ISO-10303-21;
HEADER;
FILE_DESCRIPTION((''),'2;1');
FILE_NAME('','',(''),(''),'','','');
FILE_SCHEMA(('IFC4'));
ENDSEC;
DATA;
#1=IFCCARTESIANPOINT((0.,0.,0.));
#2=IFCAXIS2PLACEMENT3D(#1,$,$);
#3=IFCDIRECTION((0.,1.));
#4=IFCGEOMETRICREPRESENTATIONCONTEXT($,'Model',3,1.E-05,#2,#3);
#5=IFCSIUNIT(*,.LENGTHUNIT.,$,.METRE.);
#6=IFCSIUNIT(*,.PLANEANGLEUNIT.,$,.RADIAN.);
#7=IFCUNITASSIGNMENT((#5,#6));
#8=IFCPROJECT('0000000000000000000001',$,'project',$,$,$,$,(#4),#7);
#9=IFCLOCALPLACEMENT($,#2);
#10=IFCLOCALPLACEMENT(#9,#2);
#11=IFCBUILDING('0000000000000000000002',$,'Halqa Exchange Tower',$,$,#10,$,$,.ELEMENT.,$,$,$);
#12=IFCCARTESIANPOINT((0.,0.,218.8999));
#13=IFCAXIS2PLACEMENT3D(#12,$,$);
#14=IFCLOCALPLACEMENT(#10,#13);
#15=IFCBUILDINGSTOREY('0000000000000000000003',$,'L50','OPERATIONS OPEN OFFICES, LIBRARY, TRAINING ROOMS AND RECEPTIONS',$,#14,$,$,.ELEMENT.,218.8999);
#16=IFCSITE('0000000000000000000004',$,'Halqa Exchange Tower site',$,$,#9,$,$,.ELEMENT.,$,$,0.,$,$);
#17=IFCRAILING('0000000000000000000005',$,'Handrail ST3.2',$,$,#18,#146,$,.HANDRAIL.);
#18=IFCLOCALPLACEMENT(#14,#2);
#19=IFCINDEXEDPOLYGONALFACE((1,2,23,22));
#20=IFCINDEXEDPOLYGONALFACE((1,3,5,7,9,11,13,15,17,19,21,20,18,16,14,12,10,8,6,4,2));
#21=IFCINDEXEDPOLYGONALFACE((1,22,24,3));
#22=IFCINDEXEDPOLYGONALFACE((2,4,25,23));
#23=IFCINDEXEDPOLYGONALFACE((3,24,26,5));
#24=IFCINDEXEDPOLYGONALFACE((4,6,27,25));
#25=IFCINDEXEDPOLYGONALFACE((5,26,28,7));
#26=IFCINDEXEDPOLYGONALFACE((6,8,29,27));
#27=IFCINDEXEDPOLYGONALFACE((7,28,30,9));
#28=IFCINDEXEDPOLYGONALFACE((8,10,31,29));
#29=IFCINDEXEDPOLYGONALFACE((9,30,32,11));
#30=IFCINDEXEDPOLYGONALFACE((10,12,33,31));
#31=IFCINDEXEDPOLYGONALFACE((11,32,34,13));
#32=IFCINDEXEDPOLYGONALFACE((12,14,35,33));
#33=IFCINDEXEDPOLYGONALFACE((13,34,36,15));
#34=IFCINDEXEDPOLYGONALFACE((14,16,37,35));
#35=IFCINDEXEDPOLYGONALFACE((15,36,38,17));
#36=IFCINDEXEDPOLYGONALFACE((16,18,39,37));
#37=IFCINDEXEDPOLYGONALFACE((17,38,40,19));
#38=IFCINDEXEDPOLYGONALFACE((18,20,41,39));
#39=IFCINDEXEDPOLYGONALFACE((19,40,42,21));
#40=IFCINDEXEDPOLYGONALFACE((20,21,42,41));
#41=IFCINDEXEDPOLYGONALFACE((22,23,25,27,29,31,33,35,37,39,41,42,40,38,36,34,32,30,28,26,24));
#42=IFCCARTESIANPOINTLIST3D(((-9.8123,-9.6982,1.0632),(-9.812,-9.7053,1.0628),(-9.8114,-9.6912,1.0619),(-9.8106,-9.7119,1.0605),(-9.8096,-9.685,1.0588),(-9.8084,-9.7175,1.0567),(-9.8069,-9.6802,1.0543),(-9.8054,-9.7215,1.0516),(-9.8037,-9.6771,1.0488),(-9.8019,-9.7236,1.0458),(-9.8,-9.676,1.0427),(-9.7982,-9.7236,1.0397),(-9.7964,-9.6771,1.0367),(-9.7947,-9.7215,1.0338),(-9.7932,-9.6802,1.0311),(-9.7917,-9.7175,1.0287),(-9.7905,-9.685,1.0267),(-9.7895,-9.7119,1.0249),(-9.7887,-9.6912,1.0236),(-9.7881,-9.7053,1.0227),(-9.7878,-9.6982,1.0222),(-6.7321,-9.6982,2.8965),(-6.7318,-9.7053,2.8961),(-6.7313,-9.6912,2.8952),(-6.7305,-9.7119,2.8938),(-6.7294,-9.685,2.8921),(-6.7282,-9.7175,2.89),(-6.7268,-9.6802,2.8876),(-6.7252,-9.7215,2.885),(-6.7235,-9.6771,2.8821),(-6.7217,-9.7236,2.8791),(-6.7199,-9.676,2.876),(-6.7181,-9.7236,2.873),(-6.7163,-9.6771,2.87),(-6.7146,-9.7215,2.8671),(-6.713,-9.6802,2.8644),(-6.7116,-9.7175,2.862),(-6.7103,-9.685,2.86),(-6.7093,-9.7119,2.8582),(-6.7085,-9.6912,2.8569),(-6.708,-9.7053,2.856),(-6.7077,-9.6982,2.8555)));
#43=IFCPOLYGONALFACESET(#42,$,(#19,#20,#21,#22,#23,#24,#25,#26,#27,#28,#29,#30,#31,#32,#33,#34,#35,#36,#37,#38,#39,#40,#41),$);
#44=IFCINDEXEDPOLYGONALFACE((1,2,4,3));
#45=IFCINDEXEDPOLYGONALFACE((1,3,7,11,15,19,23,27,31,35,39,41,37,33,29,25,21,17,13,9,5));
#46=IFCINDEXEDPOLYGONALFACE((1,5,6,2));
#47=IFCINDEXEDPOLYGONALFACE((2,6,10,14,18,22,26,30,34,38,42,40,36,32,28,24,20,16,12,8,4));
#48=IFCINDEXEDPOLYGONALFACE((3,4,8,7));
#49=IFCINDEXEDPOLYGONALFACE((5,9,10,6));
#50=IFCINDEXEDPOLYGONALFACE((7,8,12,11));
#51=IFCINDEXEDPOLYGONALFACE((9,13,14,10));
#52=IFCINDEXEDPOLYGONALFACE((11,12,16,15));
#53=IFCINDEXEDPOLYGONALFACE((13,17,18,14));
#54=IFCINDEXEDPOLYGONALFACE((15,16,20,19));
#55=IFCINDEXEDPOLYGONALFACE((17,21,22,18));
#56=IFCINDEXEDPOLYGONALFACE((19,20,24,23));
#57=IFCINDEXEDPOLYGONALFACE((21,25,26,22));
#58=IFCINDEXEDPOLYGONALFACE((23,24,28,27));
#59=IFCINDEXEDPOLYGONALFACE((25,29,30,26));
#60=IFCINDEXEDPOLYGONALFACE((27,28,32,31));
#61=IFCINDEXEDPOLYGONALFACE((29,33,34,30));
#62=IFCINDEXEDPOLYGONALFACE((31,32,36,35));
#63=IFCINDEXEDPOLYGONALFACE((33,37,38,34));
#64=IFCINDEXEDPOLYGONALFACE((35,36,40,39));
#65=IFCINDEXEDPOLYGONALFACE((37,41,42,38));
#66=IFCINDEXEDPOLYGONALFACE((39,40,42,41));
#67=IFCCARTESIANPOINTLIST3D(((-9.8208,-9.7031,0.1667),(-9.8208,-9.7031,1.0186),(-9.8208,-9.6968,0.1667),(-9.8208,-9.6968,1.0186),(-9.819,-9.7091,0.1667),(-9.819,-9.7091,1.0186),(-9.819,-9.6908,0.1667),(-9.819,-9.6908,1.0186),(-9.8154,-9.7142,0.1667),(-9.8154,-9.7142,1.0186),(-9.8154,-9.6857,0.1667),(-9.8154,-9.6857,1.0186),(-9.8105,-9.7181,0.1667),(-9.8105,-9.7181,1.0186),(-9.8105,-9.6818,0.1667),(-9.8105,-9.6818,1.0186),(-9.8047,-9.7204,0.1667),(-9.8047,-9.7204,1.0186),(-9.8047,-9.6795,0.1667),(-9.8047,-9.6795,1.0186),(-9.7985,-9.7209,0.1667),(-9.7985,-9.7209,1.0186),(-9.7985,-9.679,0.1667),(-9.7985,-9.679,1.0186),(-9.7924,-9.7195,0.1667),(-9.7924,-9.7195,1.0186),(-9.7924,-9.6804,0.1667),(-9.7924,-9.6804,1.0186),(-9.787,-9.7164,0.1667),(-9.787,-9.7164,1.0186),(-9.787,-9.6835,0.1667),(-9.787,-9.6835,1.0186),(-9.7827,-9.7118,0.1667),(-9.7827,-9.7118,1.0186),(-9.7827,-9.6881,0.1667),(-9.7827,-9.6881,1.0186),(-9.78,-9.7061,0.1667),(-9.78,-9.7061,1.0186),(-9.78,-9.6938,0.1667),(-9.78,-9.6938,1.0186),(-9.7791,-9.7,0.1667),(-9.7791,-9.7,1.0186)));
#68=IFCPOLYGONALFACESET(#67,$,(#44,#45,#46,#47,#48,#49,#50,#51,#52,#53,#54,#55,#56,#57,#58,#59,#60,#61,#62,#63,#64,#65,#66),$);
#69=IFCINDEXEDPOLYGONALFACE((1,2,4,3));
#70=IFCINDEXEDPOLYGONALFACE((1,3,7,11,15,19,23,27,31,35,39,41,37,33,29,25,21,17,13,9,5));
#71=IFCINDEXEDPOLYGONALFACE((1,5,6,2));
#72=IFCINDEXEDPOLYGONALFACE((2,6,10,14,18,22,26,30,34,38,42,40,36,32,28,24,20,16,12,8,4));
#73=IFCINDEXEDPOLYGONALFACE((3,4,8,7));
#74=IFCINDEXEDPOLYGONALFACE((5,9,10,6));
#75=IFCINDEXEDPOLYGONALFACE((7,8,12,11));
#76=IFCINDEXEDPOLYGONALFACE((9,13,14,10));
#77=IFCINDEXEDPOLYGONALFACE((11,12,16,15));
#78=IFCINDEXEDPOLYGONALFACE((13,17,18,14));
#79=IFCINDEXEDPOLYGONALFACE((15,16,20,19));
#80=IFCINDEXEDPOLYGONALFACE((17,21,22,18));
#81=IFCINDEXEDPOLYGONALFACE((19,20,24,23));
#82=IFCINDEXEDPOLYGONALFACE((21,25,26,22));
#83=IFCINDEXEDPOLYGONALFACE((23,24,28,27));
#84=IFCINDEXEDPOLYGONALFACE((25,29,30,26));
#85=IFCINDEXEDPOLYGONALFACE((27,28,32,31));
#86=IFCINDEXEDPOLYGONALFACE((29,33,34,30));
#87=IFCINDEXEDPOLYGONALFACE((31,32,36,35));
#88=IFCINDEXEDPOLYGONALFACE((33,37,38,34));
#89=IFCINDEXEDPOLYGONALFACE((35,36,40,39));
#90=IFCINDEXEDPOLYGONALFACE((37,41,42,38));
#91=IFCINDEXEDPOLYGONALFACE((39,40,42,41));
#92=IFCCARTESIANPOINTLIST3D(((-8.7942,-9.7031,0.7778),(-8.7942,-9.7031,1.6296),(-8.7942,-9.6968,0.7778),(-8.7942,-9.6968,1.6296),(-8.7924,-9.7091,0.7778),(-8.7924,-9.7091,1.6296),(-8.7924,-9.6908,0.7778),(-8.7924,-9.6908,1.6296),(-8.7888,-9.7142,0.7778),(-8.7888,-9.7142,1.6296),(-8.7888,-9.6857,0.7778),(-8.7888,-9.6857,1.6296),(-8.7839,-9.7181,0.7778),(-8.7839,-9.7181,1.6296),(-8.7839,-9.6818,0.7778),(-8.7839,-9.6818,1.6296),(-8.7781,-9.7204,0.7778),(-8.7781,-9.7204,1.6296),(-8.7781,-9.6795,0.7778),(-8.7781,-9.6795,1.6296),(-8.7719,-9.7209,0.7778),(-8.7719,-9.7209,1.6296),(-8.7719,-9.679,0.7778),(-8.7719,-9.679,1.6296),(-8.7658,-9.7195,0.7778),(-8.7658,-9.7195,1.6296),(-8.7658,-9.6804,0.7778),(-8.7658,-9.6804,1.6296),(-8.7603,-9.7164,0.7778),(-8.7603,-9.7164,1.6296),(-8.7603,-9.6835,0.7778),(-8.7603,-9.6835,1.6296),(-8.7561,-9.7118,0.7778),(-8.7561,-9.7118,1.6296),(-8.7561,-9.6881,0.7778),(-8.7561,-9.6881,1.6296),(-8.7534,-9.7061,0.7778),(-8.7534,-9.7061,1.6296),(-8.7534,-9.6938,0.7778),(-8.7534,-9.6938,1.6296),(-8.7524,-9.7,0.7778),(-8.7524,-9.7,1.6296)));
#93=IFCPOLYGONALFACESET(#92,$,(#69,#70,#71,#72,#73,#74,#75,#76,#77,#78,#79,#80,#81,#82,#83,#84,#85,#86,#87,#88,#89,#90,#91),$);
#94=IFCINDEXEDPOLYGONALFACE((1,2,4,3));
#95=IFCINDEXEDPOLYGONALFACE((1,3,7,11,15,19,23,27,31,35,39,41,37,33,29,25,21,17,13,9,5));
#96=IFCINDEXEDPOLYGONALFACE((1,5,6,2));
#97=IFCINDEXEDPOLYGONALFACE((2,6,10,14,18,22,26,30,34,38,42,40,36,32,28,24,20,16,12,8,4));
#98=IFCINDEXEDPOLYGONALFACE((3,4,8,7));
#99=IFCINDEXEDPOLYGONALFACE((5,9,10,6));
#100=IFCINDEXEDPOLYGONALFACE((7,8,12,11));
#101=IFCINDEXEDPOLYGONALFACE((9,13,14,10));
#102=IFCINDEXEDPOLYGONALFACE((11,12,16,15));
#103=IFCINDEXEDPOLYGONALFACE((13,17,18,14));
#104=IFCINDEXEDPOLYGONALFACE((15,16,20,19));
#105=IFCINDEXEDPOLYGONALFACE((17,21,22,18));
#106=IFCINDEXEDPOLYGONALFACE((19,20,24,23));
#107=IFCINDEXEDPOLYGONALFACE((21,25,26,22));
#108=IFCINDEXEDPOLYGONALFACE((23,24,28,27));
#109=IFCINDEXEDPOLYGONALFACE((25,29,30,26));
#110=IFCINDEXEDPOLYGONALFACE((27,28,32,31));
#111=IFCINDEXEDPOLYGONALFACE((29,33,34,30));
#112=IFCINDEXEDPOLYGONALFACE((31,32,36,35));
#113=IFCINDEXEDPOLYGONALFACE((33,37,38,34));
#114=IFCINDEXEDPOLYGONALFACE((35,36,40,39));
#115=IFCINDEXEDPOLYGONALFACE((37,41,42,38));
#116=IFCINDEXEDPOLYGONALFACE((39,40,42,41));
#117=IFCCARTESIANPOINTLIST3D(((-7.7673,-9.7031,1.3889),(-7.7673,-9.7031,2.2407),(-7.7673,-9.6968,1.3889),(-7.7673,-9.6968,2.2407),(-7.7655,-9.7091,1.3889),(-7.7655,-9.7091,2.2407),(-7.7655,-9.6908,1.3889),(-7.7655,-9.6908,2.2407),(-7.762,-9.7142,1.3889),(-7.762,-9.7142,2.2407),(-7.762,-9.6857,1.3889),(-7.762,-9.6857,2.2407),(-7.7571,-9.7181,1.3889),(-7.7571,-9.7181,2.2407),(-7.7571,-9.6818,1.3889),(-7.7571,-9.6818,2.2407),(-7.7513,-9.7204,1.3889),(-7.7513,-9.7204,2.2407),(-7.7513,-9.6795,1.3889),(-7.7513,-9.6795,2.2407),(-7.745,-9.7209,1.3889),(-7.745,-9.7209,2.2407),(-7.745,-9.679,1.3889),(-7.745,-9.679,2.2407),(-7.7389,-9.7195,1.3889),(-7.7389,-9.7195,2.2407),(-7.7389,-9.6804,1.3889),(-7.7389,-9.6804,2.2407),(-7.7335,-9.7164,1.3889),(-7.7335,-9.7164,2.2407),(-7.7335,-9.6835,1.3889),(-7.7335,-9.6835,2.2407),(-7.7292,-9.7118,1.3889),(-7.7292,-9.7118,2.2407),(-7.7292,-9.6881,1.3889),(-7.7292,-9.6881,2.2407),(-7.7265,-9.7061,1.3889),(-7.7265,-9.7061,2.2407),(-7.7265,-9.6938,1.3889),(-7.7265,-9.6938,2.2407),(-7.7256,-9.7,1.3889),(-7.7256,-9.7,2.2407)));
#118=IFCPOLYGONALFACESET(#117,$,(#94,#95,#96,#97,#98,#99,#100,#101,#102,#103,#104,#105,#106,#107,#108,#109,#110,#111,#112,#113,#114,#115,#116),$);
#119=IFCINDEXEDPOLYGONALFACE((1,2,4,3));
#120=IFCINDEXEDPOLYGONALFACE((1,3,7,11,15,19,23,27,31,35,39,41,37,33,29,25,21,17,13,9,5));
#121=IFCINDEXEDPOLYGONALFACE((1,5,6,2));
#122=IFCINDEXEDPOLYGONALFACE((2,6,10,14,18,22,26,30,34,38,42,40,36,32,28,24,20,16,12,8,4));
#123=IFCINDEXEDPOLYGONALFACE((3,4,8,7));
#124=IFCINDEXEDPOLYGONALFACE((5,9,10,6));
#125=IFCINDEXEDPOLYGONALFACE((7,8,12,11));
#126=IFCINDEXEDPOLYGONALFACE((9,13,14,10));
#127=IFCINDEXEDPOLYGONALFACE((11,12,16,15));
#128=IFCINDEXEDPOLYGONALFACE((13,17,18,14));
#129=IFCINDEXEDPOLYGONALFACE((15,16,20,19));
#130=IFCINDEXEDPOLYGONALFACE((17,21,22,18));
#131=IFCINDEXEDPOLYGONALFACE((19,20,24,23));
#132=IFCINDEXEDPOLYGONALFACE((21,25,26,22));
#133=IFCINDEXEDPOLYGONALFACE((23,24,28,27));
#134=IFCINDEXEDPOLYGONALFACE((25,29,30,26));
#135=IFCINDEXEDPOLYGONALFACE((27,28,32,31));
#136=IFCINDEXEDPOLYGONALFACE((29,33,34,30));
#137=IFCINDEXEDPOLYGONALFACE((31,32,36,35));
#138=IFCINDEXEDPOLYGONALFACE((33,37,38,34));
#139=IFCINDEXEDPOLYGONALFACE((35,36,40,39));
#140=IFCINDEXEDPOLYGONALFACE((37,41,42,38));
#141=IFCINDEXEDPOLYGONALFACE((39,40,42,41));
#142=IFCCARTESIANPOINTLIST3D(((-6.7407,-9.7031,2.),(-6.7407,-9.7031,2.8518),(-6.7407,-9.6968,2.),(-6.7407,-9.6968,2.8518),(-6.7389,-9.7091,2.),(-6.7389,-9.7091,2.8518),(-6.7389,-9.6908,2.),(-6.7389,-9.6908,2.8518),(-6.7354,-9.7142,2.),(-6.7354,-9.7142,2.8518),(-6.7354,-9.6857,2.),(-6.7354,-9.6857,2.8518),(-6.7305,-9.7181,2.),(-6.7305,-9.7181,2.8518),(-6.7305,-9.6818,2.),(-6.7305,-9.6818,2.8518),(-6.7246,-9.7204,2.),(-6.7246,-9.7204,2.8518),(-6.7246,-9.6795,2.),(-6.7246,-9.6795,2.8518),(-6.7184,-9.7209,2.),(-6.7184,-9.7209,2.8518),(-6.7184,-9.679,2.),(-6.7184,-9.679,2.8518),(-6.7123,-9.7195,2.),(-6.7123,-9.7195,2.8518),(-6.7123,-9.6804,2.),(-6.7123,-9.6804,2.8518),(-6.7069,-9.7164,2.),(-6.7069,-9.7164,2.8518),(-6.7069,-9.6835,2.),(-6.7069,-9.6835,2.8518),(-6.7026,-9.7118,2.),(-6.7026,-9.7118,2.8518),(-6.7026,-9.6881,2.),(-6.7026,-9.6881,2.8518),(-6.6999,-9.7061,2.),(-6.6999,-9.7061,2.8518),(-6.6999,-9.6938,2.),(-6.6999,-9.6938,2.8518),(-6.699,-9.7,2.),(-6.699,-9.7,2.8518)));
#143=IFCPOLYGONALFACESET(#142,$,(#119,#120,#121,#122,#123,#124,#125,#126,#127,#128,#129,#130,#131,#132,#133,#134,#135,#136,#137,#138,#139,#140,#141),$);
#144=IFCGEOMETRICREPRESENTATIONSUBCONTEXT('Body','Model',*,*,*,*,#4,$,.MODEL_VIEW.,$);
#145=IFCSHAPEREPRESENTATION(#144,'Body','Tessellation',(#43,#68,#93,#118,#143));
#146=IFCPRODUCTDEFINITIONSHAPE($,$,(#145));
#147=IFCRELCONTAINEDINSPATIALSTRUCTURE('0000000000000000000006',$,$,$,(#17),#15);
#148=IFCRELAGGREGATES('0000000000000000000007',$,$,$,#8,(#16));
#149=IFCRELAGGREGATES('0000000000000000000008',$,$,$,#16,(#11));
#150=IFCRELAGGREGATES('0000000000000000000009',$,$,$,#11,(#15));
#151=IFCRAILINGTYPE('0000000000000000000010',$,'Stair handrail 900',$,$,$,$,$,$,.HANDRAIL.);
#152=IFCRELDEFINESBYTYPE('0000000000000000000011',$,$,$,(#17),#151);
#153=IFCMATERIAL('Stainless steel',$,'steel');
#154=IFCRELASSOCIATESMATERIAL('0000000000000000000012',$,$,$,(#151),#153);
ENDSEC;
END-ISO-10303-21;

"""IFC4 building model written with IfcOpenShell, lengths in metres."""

from ifc_helpers import new_model, si_unit, direction, frame, origin, origin_2d, place, context, subcontext, project, spatial, circle, extrude, material, type_object, element, save


model = new_model("IFC4")

# Units and contexts
model_context = context("Model", 3, precision=1e-05, world=origin(), true_north=direction((0.0, 1.0)))
body_context = subcontext(model_context, "Body", "Model", "MODEL_VIEW")
ifc_project = project(units=[si_unit("LENGTHUNIT", "METRE"), si_unit("PLANEANGLEUNIT", "RADIAN")], contexts=[model_context])

# Site, building, storey
site_placement = place(None, origin())
site = spatial("IfcSite", under=ifc_project, at=site_placement, Name="Halqa Exchange Tower site", CompositionType="ELEMENT", RefElevation=0.0)
building_placement = place(site_placement, origin())
building = spatial("IfcBuilding", under=site, at=building_placement, Name="Halqa Exchange Tower", CompositionType="ELEMENT")
storey_placement = place(building_placement, frame((0.0, 0.0, 218.8999)))
storey = spatial("IfcBuildingStorey", under=building, at=storey_placement, Name="L50", Description="OPERATIONS OPEN OFFICES, LIBRARY, TRAINING ROOMS AND RECEPTIONS", CompositionType="ELEMENT", Elevation=218.8999)

# Shared definitions
ifc_material_1 = material(Name="Stainless steel", Category="steel")

# Railing
railing_type_1 = type_object("IfcRailingType", Name="Stair handrail 900", PredefinedType="HANDRAIL", material=ifc_material_1)
railing_1_placement = place(storey_placement, frame((-9.8, -9.7, 0.1667)))
element("IfcRailing", 1, at=railing_1_placement, inside=storey, type_object=railing_type_1, Name="Handrail ST3.2", PredefinedType="HANDRAIL", context=body_context, shape_type="SweptSolid", body=[
    extrude(circle(Radius=0.0239, at=origin_2d()), frame((0.0, 0.0, 0.876), z_axis=(0.859309, 0.0, 0.511458), x_axis=(0.0, 1.0, 0.0)), (0.0, 0.0, 1.0), 3.5845),
    extrude(circle(Radius=0.021, at=origin_2d()), origin(), (0.0, 0.0, 1.0), 0.8518),
    extrude(circle(Radius=0.021, at=origin_2d()), frame((1.0266, 0.0, 0.6111)), (0.0, 0.0, 1.0), 0.8518),
    extrude(circle(Radius=0.021, at=origin_2d()), frame((2.0535, 0.0, 1.2222)), (0.0, 0.0, 1.0), 0.8518),
    extrude(circle(Radius=0.021, at=origin_2d()), frame((3.0801, 0.0, 1.8333)), (0.0, 0.0, 1.0), 0.8518),
])

save(model, "model.ifc")
